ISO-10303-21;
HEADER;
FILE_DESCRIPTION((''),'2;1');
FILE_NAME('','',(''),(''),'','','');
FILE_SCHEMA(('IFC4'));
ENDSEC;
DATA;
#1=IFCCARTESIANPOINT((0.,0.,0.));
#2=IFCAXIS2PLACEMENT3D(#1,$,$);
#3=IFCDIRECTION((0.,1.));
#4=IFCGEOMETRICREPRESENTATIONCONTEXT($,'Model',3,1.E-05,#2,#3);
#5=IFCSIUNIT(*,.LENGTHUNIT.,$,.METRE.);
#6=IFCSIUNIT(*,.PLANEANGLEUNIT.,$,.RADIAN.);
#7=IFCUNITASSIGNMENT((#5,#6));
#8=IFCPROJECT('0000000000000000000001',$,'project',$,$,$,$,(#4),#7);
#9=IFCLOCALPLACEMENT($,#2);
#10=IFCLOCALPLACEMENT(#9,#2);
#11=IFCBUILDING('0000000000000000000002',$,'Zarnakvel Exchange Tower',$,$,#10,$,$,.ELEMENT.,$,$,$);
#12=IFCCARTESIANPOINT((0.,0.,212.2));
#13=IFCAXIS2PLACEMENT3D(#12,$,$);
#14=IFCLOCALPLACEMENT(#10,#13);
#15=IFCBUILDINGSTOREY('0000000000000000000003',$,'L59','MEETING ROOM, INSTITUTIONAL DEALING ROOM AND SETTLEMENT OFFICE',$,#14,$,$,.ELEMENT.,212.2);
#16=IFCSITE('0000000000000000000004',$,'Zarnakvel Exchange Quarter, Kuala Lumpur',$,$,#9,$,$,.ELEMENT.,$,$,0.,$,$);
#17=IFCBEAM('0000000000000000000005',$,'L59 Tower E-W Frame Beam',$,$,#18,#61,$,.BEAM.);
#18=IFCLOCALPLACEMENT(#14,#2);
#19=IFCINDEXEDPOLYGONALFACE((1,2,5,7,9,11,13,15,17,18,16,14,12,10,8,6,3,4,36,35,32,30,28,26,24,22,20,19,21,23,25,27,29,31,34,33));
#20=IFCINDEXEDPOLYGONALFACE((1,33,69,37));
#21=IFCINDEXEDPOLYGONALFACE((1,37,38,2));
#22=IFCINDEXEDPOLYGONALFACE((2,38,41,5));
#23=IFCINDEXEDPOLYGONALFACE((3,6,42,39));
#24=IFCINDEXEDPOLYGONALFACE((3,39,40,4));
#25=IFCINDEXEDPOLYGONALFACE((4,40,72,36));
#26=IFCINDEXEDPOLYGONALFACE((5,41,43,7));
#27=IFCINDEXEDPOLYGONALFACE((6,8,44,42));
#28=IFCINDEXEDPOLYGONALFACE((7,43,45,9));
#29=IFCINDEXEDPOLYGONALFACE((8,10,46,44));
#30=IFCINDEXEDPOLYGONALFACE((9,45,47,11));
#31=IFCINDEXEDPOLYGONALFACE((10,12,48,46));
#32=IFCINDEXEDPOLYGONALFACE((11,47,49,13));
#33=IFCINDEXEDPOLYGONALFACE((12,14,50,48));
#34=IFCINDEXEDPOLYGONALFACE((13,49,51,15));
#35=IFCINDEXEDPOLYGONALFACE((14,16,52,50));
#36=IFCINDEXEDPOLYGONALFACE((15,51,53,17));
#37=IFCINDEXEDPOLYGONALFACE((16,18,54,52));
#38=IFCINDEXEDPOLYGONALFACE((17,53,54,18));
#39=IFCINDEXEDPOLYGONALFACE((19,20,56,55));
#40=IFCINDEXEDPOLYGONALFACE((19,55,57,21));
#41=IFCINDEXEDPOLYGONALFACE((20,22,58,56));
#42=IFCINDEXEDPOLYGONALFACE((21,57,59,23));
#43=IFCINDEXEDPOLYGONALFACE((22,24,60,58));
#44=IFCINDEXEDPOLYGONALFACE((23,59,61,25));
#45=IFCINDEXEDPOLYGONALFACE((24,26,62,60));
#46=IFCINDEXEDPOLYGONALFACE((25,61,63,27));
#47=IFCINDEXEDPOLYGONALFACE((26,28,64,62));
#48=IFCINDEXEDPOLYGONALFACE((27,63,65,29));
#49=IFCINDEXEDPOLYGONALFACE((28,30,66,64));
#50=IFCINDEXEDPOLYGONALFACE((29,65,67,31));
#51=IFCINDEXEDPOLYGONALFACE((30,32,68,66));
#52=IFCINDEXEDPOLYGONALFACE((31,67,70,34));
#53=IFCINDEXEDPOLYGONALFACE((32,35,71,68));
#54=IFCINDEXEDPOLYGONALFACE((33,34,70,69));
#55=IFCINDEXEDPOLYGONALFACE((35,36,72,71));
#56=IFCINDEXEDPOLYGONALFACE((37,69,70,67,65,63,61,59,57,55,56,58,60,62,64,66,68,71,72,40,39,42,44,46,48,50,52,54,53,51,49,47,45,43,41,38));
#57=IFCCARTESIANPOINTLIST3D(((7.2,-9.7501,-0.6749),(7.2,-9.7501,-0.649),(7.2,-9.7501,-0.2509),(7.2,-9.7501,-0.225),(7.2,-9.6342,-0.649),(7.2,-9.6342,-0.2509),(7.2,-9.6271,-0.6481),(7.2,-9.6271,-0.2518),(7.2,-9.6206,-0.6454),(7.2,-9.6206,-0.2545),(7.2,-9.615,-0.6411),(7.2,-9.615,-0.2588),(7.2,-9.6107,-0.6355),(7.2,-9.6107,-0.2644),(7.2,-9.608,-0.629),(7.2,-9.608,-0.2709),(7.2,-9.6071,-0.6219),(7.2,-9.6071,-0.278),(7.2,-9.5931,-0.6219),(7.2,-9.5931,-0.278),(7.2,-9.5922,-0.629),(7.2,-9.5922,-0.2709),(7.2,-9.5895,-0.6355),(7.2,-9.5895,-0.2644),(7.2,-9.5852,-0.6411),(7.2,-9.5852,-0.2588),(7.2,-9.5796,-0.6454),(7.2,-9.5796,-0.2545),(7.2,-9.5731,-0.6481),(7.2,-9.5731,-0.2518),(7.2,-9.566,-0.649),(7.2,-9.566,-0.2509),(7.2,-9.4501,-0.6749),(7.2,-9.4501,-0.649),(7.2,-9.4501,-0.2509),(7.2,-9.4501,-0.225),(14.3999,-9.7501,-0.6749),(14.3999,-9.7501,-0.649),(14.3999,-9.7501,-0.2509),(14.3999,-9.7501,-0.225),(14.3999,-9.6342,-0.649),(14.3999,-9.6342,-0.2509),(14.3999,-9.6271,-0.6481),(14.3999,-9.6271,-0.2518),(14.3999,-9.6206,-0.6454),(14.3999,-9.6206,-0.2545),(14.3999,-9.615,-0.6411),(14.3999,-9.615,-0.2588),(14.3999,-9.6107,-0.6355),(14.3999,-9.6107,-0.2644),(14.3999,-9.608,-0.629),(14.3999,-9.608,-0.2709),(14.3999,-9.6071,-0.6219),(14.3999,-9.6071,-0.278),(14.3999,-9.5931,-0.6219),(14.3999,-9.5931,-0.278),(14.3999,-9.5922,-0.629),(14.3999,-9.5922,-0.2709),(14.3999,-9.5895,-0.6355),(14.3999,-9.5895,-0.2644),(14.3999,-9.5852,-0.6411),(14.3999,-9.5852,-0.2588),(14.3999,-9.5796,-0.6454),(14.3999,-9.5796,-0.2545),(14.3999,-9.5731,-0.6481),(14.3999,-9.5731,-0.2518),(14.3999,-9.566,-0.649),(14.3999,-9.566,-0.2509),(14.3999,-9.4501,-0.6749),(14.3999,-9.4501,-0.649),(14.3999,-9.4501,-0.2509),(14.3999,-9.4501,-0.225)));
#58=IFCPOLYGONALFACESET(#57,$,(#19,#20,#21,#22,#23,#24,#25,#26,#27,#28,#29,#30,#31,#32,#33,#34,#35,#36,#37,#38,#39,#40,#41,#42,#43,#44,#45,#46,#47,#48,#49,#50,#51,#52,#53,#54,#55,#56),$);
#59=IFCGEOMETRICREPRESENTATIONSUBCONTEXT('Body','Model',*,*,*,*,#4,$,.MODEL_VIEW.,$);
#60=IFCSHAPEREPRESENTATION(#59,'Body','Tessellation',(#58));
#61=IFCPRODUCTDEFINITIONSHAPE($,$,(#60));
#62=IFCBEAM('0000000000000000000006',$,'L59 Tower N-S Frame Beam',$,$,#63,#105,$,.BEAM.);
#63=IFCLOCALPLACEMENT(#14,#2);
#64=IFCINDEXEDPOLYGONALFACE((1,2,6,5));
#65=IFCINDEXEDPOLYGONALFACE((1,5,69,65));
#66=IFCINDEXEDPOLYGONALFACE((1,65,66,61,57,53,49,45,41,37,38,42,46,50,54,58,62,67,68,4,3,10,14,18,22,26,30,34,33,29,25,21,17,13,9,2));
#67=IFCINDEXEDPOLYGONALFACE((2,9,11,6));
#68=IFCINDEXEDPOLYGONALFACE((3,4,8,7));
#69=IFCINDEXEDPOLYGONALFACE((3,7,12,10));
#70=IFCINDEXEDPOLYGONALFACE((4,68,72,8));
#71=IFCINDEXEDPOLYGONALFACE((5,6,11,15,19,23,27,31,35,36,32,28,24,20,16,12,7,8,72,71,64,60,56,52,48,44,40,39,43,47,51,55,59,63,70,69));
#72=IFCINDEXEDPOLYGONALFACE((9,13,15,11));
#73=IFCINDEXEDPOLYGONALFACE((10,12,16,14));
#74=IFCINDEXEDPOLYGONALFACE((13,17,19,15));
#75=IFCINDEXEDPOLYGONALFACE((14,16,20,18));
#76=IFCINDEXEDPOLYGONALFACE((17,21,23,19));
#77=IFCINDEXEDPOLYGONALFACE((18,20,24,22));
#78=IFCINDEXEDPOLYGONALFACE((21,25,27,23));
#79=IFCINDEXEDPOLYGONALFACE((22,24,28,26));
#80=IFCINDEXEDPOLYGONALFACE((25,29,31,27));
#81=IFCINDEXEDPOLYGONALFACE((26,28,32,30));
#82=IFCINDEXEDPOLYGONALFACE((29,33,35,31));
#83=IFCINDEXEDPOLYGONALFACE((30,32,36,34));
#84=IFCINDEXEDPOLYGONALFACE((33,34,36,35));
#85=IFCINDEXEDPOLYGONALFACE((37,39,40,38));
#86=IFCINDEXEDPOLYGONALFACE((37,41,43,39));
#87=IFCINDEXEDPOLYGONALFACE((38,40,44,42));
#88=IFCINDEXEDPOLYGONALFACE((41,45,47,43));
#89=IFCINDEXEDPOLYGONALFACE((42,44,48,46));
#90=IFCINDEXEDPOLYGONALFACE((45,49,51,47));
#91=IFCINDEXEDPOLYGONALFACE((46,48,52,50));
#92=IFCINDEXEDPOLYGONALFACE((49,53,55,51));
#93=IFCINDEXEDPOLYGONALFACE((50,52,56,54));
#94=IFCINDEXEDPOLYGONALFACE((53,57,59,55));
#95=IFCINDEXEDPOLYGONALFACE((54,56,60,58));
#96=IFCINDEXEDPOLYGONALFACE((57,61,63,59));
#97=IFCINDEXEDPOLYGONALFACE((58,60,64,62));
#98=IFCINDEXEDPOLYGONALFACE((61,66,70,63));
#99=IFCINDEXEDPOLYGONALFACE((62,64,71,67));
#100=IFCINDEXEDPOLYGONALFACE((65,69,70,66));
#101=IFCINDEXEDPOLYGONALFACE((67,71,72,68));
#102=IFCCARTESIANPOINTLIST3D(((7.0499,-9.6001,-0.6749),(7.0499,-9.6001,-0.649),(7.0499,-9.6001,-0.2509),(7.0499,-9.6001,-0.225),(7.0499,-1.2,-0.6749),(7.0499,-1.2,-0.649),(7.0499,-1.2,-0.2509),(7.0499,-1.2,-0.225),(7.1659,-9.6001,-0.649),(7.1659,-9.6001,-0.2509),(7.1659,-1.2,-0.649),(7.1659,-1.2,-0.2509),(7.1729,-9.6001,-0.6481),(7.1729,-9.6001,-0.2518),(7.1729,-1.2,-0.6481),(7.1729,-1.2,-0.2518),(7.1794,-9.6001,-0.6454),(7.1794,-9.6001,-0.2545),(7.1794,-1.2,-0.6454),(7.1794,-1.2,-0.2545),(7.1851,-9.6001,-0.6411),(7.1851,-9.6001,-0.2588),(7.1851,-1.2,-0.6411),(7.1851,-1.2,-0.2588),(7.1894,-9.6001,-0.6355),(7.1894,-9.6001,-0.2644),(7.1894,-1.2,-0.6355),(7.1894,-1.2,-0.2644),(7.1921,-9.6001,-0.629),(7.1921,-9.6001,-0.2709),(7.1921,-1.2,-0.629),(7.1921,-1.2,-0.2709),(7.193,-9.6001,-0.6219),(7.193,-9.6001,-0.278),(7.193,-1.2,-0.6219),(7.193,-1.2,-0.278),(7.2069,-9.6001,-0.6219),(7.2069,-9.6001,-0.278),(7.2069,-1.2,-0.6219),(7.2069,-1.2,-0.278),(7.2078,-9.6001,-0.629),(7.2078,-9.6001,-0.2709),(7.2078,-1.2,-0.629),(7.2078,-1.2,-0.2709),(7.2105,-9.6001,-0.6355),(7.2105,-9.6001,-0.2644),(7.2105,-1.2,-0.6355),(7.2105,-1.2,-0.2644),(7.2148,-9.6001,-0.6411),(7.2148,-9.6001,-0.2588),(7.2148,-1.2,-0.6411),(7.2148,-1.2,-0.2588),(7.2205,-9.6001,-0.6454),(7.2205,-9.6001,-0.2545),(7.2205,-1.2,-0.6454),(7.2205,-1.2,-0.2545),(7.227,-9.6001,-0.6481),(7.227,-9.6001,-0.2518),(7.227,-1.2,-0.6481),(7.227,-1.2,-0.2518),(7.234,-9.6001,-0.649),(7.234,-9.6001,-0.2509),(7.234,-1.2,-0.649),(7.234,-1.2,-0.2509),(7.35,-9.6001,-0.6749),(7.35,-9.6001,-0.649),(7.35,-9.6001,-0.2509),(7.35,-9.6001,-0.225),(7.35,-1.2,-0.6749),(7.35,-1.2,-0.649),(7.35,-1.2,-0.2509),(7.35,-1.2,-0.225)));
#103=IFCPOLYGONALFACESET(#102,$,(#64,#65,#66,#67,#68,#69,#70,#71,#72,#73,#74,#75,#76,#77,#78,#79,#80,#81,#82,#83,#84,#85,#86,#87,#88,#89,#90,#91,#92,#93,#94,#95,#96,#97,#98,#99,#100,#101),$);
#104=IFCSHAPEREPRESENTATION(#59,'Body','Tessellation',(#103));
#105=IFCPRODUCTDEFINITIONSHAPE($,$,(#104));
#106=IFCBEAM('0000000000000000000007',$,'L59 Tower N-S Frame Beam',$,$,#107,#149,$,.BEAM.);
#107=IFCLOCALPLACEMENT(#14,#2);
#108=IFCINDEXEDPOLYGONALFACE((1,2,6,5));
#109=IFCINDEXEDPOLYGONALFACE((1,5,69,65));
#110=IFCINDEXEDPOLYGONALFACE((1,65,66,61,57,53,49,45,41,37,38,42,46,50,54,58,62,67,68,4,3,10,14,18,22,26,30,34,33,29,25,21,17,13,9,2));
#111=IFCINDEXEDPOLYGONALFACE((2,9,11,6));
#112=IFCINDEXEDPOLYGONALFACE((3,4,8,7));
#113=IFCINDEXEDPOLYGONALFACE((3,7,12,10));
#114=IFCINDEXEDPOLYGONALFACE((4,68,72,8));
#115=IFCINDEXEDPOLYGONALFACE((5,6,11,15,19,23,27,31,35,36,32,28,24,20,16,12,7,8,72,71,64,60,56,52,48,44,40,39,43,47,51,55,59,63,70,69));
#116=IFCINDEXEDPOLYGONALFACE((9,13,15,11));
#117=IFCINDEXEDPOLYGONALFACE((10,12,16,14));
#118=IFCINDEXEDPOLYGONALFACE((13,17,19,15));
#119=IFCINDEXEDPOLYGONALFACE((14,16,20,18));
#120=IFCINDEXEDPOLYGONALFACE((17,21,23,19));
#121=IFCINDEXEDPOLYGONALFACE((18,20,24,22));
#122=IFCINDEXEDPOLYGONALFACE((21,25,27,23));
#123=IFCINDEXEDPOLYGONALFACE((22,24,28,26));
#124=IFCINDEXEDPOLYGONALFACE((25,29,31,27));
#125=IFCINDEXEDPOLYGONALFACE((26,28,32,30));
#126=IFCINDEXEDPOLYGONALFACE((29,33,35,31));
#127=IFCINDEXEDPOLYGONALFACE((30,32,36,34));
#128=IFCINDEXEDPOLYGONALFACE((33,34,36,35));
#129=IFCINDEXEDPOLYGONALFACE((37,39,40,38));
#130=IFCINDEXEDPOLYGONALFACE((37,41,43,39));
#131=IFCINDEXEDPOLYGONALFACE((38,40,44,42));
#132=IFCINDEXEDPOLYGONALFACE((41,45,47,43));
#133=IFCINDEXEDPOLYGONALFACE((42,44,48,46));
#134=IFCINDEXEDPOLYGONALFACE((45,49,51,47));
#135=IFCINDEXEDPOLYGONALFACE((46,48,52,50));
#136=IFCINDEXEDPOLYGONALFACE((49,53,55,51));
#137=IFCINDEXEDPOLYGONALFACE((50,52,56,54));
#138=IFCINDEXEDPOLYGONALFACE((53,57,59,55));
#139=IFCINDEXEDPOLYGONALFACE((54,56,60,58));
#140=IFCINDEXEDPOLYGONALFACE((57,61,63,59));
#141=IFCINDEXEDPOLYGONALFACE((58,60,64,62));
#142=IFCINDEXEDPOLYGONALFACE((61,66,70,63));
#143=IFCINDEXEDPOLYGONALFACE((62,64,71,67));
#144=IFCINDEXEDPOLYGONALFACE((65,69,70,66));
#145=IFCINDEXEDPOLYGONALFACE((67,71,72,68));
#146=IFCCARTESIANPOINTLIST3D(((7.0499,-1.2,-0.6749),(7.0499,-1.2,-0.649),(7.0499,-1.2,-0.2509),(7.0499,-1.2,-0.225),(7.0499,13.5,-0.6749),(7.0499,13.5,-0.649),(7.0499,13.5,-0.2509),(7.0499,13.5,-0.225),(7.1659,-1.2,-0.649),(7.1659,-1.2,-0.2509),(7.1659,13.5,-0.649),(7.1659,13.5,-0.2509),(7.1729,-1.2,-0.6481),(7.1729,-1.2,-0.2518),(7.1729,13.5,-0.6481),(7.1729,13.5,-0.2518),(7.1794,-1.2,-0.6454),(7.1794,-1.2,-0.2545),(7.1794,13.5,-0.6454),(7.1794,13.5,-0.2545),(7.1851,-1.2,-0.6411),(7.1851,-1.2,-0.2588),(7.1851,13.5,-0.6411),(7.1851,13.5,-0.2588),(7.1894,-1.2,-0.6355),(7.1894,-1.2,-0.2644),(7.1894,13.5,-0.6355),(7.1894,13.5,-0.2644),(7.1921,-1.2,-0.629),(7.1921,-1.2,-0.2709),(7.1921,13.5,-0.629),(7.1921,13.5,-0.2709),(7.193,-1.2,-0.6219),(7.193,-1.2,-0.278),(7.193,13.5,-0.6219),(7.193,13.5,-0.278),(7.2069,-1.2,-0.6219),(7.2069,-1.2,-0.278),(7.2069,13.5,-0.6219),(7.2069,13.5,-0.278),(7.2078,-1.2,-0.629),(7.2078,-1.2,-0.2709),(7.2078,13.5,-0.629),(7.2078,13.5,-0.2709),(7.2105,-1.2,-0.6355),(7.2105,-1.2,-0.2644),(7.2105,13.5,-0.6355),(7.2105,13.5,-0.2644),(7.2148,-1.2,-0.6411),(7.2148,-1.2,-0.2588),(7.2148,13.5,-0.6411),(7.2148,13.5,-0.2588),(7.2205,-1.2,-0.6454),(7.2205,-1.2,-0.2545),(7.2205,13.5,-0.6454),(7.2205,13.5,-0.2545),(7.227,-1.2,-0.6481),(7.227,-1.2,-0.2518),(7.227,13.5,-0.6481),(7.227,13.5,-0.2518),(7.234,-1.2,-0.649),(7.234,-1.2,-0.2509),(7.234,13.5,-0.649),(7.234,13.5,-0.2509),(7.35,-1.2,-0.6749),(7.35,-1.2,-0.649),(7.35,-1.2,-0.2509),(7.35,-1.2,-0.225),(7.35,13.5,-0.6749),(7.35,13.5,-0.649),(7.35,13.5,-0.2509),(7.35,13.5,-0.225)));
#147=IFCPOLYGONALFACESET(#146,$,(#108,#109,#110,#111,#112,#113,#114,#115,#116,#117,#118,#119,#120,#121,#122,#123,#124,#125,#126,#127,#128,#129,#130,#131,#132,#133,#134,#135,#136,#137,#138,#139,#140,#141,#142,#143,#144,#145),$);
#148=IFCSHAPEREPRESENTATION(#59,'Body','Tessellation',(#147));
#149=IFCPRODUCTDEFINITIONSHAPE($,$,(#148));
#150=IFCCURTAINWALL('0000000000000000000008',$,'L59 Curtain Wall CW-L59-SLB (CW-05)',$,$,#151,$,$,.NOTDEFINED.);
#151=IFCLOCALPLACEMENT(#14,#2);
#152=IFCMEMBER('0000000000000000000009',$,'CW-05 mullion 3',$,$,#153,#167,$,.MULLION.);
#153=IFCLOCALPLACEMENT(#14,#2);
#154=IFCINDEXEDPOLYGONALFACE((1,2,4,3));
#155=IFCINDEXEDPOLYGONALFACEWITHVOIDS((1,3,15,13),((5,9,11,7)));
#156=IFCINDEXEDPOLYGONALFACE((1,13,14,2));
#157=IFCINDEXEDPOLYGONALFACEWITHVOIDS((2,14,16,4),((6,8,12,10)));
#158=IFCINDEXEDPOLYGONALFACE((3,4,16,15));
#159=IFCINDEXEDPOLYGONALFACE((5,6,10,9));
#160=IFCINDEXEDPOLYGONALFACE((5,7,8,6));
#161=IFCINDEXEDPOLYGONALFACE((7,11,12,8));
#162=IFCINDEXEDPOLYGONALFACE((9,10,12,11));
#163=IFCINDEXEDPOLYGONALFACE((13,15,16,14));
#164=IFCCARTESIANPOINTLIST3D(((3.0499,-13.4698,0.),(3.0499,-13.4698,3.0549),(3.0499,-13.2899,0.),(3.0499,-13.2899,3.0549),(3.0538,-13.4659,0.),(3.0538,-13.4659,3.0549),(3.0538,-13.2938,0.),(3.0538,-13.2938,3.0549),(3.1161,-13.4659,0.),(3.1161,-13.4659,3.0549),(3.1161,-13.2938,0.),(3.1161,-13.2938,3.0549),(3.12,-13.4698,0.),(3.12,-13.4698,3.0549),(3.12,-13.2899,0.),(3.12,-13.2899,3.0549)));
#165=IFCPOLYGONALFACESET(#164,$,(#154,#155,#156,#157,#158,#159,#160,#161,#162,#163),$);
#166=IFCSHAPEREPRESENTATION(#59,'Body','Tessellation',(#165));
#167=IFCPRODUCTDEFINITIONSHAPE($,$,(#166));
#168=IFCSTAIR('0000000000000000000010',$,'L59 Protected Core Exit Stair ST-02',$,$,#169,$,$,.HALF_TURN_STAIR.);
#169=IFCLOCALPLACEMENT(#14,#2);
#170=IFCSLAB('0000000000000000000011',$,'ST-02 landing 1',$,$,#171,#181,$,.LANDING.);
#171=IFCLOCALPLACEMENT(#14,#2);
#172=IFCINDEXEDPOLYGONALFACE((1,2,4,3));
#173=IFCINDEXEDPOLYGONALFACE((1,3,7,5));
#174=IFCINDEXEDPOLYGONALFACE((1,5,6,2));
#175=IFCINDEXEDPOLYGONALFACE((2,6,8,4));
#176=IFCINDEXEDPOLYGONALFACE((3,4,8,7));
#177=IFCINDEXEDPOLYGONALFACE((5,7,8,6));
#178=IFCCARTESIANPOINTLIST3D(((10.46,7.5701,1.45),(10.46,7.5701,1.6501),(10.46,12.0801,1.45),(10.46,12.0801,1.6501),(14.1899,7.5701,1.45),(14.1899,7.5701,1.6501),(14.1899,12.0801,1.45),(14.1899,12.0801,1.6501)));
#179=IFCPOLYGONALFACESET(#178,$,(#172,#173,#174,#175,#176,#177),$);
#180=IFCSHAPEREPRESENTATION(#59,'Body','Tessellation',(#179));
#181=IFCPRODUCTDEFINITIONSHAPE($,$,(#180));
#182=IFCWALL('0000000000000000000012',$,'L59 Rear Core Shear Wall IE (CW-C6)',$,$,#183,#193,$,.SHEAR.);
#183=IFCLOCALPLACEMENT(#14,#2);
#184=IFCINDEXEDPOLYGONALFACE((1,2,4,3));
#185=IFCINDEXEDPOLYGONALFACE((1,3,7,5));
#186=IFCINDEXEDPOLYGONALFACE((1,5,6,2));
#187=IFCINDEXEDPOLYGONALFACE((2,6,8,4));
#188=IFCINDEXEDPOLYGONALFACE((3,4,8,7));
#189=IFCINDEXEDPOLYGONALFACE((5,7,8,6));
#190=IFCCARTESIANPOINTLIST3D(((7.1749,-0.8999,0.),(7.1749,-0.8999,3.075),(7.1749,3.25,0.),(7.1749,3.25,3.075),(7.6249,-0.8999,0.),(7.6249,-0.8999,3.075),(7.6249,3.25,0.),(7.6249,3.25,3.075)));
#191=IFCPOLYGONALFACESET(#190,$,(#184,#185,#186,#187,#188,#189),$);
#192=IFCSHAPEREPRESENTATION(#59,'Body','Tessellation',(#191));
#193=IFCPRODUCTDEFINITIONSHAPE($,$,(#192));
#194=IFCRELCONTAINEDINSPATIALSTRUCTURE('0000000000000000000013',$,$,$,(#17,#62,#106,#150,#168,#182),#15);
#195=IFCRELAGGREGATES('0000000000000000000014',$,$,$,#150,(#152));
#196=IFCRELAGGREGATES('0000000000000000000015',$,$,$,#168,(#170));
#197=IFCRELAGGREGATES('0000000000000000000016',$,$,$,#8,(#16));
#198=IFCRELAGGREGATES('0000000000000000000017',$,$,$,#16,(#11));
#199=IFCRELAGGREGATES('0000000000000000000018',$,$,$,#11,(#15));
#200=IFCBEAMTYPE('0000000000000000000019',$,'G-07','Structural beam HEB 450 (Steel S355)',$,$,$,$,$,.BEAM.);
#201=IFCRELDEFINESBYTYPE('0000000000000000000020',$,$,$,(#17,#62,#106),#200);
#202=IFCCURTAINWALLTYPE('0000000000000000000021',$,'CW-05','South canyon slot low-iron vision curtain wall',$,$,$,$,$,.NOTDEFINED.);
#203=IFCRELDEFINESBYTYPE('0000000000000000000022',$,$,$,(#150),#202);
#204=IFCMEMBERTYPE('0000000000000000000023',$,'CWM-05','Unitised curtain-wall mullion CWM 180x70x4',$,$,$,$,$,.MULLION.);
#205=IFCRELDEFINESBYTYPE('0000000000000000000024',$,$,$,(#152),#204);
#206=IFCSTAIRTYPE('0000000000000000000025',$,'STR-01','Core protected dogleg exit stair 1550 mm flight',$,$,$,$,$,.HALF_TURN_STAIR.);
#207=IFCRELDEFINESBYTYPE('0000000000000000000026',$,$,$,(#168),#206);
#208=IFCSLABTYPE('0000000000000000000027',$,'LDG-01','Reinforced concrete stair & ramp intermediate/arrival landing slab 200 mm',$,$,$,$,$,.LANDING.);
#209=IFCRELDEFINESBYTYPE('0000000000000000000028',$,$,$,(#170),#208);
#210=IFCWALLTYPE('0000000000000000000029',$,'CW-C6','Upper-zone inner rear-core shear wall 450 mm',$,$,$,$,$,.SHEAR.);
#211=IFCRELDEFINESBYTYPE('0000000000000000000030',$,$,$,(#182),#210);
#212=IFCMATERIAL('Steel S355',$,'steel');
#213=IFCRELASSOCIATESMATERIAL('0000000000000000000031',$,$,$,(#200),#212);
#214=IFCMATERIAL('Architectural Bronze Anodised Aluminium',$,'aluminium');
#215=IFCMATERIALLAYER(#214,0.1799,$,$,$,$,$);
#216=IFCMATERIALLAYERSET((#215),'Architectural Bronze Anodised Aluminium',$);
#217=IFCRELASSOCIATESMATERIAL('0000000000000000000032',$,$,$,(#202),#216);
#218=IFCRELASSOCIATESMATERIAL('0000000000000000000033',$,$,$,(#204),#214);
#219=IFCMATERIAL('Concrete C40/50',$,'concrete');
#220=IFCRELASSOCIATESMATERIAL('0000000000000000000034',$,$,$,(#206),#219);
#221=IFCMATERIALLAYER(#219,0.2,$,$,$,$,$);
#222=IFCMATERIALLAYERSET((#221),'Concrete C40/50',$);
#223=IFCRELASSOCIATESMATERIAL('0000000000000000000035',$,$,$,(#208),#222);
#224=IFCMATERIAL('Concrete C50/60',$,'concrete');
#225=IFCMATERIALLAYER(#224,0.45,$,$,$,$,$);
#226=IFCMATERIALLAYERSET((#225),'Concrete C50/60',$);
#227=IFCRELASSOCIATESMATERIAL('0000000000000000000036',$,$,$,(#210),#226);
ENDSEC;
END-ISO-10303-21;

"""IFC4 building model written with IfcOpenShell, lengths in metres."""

from ifc_helpers import new_model, si_unit, direction, frame, frame_2d, origin, origin_2d, place, context, subcontext, project, spatial, polyline, rectangle, hollow_rectangle, i_section, outline, extrude, source, transform, mapped, material, layer, layer_set, material_profile, profile_set, type_object, element, aggregate, save


model = new_model("IFC4")

# Units and contexts
model_context = context("Model", 3, precision=1e-05, world=origin(), true_north=direction((0.0, 1.0)))
body_context = subcontext(model_context, "Body", "Model", "MODEL_VIEW")
ifc_project = project(units=[si_unit("LENGTHUNIT", "METRE"), si_unit("PLANEANGLEUNIT", "RADIAN")], contexts=[model_context])

# Site, building, storey
site_placement = place(None, origin())
site = spatial("IfcSite", under=ifc_project, at=site_placement, Name="Zarnakvel Exchange Quarter, Kuala Lumpur", CompositionType="ELEMENT", RefElevation=0.0)
building_placement = place(site_placement, origin())
building = spatial("IfcBuilding", under=site, at=building_placement, Name="Zarnakvel Exchange Tower", CompositionType="ELEMENT")
storey_placement = place(building_placement, frame((0.0, 0.0, 212.2)))
storey = spatial("IfcBuildingStorey", under=building, at=storey_placement, Name="L59", Description="MEETING ROOM, INSTITUTIONAL DEALING ROOM AND SETTLEMENT OFFICE", CompositionType="ELEMENT", Elevation=212.2)

# Shared definitions
ifc_material_1 = material(Name="Concrete C50/60", Category="concrete")

# Beams
ifc_material_2 = material(Name="Steel S355", Category="steel")
ifc_material_profile_1 = material_profile(ifc_material_2, i_section(OverallWidth=0.3, OverallDepth=0.45, WebThickness=0.0139, FlangeThickness=0.0259, FilletRadius=0.0271, at=origin_2d()))
ifc_profile_set_1 = profile_set([ifc_material_profile_1], Name="Steel S355")
beam_type_1 = type_object("IfcBeamType", Name="G-07", Description="Structural beam HEB 450 (Steel S355)", PredefinedType="BEAM", material=ifc_profile_set_1)
beam_1_placement = place(storey_placement, frame((7.2, -9.6001, -0.45), z_axis=(1.0, 0.0, 0.0), x_axis=(0.0, 1.0, 0.0)))
element("IfcBeam", 1, at=beam_1_placement, inside=storey, type_object=beam_type_1, Name="L59 Tower E-W Frame Beam", PredefinedType="BEAM", context=body_context, shape_type="SweptSolid", body=[
    extrude(i_section(OverallWidth=0.3, OverallDepth=0.45, WebThickness=0.0139, FlangeThickness=0.0259, FilletRadius=0.0271, at=origin_2d()), origin(), (0.0, 0.0, 1.0), 7.2),
])
beam_2_placement = place(storey_placement, frame((7.2, -9.6001, -0.45), z_axis=(0.0, 1.0, 0.0), x_axis=(-1.0, 0.0, 0.0)))
element("IfcBeam", 2, at=beam_2_placement, inside=storey, type_object=beam_type_1, Name="L59 Tower N-S Frame Beam", PredefinedType="BEAM", context=body_context, shape_type="SweptSolid", body=[
    extrude(i_section(OverallWidth=0.3, OverallDepth=0.45, WebThickness=0.0139, FlangeThickness=0.0259, FilletRadius=0.0271, at=origin_2d()), origin(), (0.0, 0.0, 1.0), 8.4001),
])
beam_3_placement = place(storey_placement, frame((7.2, -1.2, -0.45), z_axis=(0.0, 1.0, 0.0), x_axis=(-1.0, 0.0, 0.0)))
element("IfcBeam", 3, at=beam_3_placement, inside=storey, type_object=beam_type_1, Name="L59 Tower N-S Frame Beam", PredefinedType="BEAM", context=body_context, shape_type="SweptSolid", body=[
    extrude(i_section(OverallWidth=0.3, OverallDepth=0.45, WebThickness=0.0139, FlangeThickness=0.0259, FilletRadius=0.0271, at=origin_2d()), origin(), (0.0, 0.0, 1.0), 14.7),
])

# Curtain wall, member
ifc_material_3 = material(Name="Architectural Bronze Anodised Aluminium", Category="aluminium")
ifc_layer_1 = layer(ifc_material_3, 0.1799)
ifc_layer_set_1 = layer_set([ifc_layer_1], Name="Architectural Bronze Anodised Aluminium")
curtain_wall_type = type_object("IfcCurtainWallType", Name="CW-05", Description="South canyon slot low-iron vision curtain wall", PredefinedType="NOTDEFINED", material=ifc_layer_set_1)
curtain_wall_placement = place(storey_placement, origin())
curtain_wall = element("IfcCurtainWall", 4, at=curtain_wall_placement, inside=storey, type_object=curtain_wall_type, Name="L59 Curtain Wall CW-L59-SLB (CW-05)", PredefinedType="NOTDEFINED")
ifc_material_profile_2 = material_profile(ifc_material_3, hollow_rectangle(XDim=0.1799, YDim=0.0701, WallThickness=0.0039, at=origin_2d()))
ifc_profile_set_2 = profile_set([ifc_material_profile_2], Name="Architectural Bronze Anodised Aluminium")
member_type = type_object("IfcMemberType", Name="CWM-05", Description="Unitised curtain-wall mullion CWM 180x70x4", PredefinedType="MULLION", material=ifc_profile_set_2)
shared_shape_1 = source(origin(), body_context, "Body", "SweptSolid", [
    extrude(hollow_rectangle(XDim=0.1799, YDim=0.0701, WallThickness=0.0039, at=origin_2d()), origin(), (0.0, 0.0, 1.0), 3.0549),
])
member_placement = place(storey_placement, frame((3.085, -13.3799, 0.0), z_axis=(0.0, 0.0, 1.0), x_axis=(0.0, 1.0, 0.0)))
member = element("IfcMember", 5, at=member_placement, type_object=member_type, Name="CW-05 mullion 3", PredefinedType="MULLION", context=body_context, shape_type="MappedRepresentation", body=[
    mapped(shared_shape_1, transform((0.0, 0.0, 0.0), x_axis=(1.0, 0.0, 0.0), y_axis=(0.0, 1.0, 0.0), z_axis=(0.0, 0.0, 1.0), scale=1.0)),
])
aggregate(curtain_wall, [member])

# Stair, slab
ifc_material_4 = material(Name="Concrete C40/50", Category="concrete")
stair_type = type_object("IfcStairType", Name="STR-01", Description="Core protected dogleg exit stair 1550 mm flight", PredefinedType="HALF_TURN_STAIR", material=ifc_material_4)
stair_placement = place(storey_placement, origin())
stair = element("IfcStair", 6, at=stair_placement, inside=storey, type_object=stair_type, Name="L59 Protected Core Exit Stair ST-02", PredefinedType="HALF_TURN_STAIR")
ifc_layer_2 = layer(ifc_material_4, 0.2)
ifc_layer_set_2 = layer_set([ifc_layer_2], Name="Concrete C40/50")
slab_type = type_object("IfcSlabType", Name="LDG-01", Description="Reinforced concrete stair & ramp intermediate/arrival landing slab 200 mm", PredefinedType="LANDING", material=ifc_layer_set_2)
slab_placement = place(storey_placement, frame((0.0, 0.0, 1.45)))
slab = element("IfcSlab", 7, at=slab_placement, type_object=slab_type, Name="ST-02 landing 1", PredefinedType="LANDING", context=body_context, shape_type="SweptSolid", body=[
    extrude(outline(polyline([(10.46, 7.5701), (14.1899, 7.5701), (14.1899, 12.0801), (10.46, 12.0801), (10.46, 7.5701)])), origin(), (0.0, 0.0, 1.0), 0.2002),
])
aggregate(stair, [slab])

# Wall
ifc_layer_3 = layer(ifc_material_1, 0.45)
ifc_layer_set_3 = layer_set([ifc_layer_3], Name="Concrete C50/60")
wall_type_1 = type_object("IfcWallType", Name="CW-C6", Description="Upper-zone inner rear-core shear wall 450 mm", PredefinedType="SHEAR", material=ifc_layer_set_3)
wall_1_placement = place(storey_placement, frame((7.3999, -0.8999, 0.0), z_axis=(0.0, 0.0, 1.0), x_axis=(0.0, 1.0, 0.0)))
element("IfcWall", 8, at=wall_1_placement, inside=storey, type_object=wall_type_1, Name="L59 Rear Core Shear Wall IE (CW-C6)", PredefinedType="SHEAR", context=body_context, shape_type="SweptSolid", body=[
    extrude(rectangle(XDim=4.1499, YDim=0.45, at=frame_2d((2.075, 0.0))), origin(), (0.0, 0.0, 1.0), 3.075),
])

save(model, "model.ifc")
